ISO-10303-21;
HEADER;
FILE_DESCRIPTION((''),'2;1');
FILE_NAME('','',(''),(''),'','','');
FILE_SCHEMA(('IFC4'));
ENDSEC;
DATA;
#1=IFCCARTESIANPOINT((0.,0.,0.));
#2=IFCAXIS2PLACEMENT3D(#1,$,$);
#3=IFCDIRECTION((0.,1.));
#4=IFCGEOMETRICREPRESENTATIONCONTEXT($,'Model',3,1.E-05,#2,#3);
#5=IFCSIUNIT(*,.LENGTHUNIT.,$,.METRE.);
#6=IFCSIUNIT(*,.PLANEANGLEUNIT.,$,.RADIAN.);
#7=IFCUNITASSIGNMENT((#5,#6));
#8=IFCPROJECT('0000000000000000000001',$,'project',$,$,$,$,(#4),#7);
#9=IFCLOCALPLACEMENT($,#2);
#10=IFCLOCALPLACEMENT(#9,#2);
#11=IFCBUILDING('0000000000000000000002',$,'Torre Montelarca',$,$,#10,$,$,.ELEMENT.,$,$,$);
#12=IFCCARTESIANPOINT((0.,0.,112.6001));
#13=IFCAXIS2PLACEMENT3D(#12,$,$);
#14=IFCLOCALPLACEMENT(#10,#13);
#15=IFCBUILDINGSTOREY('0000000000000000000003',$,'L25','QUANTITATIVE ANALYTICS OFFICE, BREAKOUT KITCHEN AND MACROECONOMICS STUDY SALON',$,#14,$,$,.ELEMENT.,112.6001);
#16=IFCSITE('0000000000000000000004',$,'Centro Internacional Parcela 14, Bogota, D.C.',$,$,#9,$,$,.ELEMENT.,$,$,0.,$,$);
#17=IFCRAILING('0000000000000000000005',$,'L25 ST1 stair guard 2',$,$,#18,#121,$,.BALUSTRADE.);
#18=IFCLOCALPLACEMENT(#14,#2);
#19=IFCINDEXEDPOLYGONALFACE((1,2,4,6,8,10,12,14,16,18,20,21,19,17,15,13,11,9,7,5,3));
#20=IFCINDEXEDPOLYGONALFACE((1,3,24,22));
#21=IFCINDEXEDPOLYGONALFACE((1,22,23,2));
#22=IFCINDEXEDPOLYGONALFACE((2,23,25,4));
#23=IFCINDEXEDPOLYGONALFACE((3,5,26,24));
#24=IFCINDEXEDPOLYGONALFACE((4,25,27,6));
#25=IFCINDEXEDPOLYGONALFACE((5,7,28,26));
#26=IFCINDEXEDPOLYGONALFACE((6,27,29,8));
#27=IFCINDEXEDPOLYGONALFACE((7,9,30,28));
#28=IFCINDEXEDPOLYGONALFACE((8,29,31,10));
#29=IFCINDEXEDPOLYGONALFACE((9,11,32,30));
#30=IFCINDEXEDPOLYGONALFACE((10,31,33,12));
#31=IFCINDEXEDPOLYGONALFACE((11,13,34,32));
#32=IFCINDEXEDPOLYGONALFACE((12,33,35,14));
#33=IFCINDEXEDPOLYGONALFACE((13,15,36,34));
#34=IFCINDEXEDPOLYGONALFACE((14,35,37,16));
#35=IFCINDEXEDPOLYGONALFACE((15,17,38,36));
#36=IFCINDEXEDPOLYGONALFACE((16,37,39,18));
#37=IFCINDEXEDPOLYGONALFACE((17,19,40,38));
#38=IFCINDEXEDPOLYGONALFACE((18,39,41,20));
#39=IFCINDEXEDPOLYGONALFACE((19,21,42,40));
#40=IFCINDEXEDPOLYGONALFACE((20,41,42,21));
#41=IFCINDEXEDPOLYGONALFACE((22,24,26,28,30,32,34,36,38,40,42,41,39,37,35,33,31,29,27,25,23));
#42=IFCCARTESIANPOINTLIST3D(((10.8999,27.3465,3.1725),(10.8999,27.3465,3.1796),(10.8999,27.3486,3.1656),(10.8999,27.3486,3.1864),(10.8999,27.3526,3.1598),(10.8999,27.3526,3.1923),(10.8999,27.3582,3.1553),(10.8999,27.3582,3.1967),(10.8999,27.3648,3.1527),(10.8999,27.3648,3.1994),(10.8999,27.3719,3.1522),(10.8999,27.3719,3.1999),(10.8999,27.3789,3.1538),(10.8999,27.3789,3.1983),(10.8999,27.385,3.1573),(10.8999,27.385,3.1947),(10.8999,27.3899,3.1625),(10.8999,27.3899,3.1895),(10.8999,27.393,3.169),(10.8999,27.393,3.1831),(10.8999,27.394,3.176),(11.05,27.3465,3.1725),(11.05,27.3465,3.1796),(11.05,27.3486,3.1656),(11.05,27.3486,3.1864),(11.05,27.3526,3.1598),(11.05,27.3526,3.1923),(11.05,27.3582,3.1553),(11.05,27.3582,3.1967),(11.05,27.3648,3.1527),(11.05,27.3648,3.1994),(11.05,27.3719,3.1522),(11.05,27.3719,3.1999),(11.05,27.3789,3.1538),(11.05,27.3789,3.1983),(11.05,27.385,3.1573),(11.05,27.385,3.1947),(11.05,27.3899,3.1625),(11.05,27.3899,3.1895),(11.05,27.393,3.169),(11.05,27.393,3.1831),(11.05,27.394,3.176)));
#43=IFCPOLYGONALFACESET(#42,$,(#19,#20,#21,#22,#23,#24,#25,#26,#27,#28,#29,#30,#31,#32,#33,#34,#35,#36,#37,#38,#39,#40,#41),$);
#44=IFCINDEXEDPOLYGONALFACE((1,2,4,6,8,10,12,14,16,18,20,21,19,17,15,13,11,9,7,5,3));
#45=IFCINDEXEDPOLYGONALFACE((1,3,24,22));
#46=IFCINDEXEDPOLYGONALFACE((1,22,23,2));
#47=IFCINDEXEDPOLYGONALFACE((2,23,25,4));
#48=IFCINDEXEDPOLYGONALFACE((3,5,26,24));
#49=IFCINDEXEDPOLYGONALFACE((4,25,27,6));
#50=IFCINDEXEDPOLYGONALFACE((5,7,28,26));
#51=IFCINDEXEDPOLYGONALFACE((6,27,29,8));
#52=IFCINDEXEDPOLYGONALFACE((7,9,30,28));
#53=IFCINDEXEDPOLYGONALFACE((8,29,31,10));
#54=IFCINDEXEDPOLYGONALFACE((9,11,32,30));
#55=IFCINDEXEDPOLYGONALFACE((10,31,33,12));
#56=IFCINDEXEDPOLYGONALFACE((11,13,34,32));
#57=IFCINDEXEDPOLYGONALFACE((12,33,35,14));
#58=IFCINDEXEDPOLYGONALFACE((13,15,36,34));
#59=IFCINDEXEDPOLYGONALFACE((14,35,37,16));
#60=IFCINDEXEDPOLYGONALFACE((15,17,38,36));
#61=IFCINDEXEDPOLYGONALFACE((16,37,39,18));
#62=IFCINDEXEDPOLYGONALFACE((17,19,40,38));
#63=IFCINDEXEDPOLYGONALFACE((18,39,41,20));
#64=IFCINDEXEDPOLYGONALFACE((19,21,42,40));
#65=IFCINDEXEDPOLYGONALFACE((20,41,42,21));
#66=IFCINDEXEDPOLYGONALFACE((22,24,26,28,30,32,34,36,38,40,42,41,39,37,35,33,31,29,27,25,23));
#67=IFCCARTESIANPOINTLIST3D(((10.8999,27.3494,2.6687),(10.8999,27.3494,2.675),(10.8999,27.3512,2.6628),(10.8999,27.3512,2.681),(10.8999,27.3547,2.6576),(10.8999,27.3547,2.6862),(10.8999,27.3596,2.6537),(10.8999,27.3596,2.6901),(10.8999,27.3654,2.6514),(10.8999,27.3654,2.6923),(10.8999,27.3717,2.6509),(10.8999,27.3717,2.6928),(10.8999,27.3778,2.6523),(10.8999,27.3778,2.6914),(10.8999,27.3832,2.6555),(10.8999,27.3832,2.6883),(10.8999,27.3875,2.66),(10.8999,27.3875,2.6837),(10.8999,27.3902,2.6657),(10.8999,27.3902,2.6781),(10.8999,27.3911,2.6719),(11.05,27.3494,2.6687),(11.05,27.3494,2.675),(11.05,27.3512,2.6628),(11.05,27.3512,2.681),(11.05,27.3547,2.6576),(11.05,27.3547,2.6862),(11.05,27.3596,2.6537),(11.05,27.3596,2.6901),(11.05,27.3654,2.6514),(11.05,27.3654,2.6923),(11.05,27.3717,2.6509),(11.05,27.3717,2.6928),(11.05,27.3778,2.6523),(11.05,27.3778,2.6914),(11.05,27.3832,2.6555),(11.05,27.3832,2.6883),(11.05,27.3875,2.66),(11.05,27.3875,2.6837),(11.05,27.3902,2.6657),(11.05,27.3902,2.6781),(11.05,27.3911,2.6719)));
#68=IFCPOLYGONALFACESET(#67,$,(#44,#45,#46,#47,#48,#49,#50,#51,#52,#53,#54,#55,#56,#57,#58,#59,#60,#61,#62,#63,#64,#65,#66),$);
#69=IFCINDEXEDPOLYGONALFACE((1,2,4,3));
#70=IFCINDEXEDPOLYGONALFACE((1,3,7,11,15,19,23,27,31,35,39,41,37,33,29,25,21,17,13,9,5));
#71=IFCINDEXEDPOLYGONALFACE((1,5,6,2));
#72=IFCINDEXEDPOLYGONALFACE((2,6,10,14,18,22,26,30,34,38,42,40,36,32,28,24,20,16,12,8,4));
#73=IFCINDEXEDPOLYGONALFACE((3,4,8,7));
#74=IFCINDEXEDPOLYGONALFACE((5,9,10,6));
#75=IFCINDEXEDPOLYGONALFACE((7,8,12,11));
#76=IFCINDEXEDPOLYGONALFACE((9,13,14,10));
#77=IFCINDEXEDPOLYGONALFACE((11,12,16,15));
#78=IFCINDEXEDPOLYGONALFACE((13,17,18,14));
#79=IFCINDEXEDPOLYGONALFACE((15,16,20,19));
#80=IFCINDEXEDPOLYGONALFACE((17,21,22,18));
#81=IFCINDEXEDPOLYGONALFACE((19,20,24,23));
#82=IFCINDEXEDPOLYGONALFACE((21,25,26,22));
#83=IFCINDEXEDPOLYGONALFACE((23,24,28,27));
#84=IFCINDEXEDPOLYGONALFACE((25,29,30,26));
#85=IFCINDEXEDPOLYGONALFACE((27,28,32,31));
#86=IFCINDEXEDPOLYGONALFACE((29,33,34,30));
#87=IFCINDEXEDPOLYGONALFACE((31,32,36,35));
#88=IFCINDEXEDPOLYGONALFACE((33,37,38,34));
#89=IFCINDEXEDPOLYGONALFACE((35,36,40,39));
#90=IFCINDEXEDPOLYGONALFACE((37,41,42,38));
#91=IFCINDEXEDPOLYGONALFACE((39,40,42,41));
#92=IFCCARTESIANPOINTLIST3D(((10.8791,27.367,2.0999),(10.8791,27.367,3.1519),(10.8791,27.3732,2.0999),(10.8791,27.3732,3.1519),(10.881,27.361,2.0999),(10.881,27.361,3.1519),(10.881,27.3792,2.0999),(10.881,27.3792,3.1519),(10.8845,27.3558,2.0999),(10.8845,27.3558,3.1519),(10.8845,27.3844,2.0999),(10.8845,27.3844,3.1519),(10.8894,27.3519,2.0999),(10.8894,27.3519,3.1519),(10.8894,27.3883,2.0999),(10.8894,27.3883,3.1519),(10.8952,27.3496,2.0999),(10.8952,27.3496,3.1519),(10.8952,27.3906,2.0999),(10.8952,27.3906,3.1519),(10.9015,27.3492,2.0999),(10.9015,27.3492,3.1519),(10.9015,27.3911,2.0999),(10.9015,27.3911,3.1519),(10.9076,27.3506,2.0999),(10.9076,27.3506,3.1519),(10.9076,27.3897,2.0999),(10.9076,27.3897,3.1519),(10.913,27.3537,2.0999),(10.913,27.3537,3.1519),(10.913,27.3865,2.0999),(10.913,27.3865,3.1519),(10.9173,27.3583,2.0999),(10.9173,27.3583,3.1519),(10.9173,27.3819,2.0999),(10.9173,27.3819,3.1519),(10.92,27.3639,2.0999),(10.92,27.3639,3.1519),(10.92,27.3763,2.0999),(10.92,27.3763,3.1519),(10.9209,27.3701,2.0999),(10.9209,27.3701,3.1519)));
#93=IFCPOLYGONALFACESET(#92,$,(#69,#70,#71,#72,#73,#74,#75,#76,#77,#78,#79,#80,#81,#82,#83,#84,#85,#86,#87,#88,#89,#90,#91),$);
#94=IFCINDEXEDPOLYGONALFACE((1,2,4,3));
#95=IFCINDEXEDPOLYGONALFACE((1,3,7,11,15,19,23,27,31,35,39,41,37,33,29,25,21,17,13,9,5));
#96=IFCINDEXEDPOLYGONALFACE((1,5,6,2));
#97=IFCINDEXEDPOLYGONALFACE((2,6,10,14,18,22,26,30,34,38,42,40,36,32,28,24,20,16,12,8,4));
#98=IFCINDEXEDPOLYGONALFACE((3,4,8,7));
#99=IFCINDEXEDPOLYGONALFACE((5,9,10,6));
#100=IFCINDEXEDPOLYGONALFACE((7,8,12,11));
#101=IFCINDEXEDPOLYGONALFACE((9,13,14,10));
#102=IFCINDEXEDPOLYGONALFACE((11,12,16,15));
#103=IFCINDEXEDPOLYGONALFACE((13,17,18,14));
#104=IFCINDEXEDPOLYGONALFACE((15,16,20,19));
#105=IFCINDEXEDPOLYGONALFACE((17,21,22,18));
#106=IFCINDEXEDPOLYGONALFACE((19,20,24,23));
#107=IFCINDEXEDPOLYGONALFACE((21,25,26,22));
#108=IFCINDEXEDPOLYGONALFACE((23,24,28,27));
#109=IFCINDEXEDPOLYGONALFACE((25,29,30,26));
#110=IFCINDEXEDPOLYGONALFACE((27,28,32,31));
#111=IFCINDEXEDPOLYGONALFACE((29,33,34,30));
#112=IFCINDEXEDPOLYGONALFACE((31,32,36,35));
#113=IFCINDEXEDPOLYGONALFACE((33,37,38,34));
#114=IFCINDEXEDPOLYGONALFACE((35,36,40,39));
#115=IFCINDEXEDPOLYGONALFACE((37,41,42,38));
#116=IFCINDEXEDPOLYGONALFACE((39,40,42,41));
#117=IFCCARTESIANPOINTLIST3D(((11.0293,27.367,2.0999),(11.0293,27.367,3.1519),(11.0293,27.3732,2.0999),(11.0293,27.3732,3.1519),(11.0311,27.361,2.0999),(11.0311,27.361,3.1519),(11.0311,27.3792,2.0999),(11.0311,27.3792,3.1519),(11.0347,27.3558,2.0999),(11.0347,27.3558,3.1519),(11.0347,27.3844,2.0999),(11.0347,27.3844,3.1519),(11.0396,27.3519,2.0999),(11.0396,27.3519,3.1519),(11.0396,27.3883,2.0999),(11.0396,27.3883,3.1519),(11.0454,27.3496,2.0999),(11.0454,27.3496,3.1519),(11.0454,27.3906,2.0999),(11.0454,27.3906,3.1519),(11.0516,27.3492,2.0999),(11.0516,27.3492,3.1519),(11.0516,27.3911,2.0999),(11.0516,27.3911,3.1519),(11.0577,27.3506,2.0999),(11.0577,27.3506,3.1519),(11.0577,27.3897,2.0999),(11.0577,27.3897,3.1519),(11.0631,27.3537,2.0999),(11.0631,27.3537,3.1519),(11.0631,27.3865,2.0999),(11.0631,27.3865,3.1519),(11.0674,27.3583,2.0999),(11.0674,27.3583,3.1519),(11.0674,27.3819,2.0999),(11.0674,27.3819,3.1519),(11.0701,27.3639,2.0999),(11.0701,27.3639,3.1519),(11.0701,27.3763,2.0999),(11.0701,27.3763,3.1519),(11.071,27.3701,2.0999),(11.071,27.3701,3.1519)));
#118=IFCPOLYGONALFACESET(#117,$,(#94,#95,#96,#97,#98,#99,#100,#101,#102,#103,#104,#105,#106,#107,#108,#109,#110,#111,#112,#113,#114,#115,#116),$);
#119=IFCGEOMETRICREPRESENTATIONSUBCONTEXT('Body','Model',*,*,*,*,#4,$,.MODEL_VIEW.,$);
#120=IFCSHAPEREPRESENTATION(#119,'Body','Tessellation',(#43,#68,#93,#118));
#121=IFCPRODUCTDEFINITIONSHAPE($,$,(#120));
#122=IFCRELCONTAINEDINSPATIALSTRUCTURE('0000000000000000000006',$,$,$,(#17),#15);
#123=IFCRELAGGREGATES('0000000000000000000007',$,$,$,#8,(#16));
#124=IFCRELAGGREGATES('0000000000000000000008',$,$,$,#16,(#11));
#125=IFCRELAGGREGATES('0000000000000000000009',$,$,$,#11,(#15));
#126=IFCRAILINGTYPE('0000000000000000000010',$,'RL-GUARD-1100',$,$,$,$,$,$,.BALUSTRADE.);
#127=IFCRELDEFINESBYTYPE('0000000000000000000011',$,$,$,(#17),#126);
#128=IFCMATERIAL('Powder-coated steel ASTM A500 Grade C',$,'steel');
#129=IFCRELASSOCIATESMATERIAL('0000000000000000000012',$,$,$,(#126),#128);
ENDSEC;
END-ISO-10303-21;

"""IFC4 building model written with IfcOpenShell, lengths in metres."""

from ifc_helpers import new_model, si_unit, direction, frame, origin, origin_2d, place, context, subcontext, project, spatial, circle, extrude, material, type_object, element, save


model = new_model("IFC4")

# Units and contexts
model_context = context("Model", 3, precision=1e-05, world=origin(), true_north=direction((0.0, 1.0)))
body_context = subcontext(model_context, "Body", "Model", "MODEL_VIEW")
ifc_project = project(units=[si_unit("LENGTHUNIT", "METRE"), si_unit("PLANEANGLEUNIT", "RADIAN")], contexts=[model_context])

# Site, building, storey
site_placement = place(None, origin())
site = spatial("IfcSite", under=ifc_project, at=site_placement, Name="Centro Internacional Parcela 14, Bogota, D.C.", CompositionType="ELEMENT", RefElevation=0.0)
building_placement = place(site_placement, origin())
building = spatial("IfcBuilding", under=site, at=building_placement, Name="Torre Montelarca", CompositionType="ELEMENT")
storey_placement = place(building_placement, frame((0.0, 0.0, 112.6001)))
storey = spatial("IfcBuildingStorey", under=building, at=storey_placement, Name="L25", Description="QUANTITATIVE ANALYTICS OFFICE, BREAKOUT KITCHEN AND MACROECONOMICS STUDY SALON", CompositionType="ELEMENT", Elevation=112.6001)

# Railing
ifc_material_1 = material(Name="Powder-coated steel ASTM A500 Grade C", Category="steel")
railing_type_1 = type_object("IfcRailingType", Name="RL-GUARD-1100", PredefinedType="BALUSTRADE", material=ifc_material_1)
railing_1_placement = place(storey_placement, frame((10.8999, 27.3701, 2.0999)))
element("IfcRailing", 1, at=railing_1_placement, inside=storey, type_object=railing_type_1, Name="L25 ST1 stair guard 2", PredefinedType="BALUSTRADE", context=body_context, shape_type="SweptSolid", body=[
    extrude(circle(Radius=0.0239, at=origin_2d()), frame((0.0, 0.0, 1.0762), z_axis=(1.0, 0.0, 0.0), x_axis=(0.0, 1.0, 0.0)), (0.0, 0.0, 1.0), 0.1501),
    extrude(circle(Radius=0.021, at=origin_2d()), frame((0.0, 0.0, 0.572), z_axis=(1.0, 0.0, 0.0), x_axis=(0.0, 1.0, 0.0)), (0.0, 0.0, 1.0), 0.1501),
    extrude(circle(Radius=0.021, at=origin_2d()), origin(), (0.0, 0.0, 1.0), 1.052),
    extrude(circle(Radius=0.021, at=origin_2d()), frame((0.1501, 0.0, 0.0)), (0.0, 0.0, 1.0), 1.052),
])

save(model, "model.ifc")
